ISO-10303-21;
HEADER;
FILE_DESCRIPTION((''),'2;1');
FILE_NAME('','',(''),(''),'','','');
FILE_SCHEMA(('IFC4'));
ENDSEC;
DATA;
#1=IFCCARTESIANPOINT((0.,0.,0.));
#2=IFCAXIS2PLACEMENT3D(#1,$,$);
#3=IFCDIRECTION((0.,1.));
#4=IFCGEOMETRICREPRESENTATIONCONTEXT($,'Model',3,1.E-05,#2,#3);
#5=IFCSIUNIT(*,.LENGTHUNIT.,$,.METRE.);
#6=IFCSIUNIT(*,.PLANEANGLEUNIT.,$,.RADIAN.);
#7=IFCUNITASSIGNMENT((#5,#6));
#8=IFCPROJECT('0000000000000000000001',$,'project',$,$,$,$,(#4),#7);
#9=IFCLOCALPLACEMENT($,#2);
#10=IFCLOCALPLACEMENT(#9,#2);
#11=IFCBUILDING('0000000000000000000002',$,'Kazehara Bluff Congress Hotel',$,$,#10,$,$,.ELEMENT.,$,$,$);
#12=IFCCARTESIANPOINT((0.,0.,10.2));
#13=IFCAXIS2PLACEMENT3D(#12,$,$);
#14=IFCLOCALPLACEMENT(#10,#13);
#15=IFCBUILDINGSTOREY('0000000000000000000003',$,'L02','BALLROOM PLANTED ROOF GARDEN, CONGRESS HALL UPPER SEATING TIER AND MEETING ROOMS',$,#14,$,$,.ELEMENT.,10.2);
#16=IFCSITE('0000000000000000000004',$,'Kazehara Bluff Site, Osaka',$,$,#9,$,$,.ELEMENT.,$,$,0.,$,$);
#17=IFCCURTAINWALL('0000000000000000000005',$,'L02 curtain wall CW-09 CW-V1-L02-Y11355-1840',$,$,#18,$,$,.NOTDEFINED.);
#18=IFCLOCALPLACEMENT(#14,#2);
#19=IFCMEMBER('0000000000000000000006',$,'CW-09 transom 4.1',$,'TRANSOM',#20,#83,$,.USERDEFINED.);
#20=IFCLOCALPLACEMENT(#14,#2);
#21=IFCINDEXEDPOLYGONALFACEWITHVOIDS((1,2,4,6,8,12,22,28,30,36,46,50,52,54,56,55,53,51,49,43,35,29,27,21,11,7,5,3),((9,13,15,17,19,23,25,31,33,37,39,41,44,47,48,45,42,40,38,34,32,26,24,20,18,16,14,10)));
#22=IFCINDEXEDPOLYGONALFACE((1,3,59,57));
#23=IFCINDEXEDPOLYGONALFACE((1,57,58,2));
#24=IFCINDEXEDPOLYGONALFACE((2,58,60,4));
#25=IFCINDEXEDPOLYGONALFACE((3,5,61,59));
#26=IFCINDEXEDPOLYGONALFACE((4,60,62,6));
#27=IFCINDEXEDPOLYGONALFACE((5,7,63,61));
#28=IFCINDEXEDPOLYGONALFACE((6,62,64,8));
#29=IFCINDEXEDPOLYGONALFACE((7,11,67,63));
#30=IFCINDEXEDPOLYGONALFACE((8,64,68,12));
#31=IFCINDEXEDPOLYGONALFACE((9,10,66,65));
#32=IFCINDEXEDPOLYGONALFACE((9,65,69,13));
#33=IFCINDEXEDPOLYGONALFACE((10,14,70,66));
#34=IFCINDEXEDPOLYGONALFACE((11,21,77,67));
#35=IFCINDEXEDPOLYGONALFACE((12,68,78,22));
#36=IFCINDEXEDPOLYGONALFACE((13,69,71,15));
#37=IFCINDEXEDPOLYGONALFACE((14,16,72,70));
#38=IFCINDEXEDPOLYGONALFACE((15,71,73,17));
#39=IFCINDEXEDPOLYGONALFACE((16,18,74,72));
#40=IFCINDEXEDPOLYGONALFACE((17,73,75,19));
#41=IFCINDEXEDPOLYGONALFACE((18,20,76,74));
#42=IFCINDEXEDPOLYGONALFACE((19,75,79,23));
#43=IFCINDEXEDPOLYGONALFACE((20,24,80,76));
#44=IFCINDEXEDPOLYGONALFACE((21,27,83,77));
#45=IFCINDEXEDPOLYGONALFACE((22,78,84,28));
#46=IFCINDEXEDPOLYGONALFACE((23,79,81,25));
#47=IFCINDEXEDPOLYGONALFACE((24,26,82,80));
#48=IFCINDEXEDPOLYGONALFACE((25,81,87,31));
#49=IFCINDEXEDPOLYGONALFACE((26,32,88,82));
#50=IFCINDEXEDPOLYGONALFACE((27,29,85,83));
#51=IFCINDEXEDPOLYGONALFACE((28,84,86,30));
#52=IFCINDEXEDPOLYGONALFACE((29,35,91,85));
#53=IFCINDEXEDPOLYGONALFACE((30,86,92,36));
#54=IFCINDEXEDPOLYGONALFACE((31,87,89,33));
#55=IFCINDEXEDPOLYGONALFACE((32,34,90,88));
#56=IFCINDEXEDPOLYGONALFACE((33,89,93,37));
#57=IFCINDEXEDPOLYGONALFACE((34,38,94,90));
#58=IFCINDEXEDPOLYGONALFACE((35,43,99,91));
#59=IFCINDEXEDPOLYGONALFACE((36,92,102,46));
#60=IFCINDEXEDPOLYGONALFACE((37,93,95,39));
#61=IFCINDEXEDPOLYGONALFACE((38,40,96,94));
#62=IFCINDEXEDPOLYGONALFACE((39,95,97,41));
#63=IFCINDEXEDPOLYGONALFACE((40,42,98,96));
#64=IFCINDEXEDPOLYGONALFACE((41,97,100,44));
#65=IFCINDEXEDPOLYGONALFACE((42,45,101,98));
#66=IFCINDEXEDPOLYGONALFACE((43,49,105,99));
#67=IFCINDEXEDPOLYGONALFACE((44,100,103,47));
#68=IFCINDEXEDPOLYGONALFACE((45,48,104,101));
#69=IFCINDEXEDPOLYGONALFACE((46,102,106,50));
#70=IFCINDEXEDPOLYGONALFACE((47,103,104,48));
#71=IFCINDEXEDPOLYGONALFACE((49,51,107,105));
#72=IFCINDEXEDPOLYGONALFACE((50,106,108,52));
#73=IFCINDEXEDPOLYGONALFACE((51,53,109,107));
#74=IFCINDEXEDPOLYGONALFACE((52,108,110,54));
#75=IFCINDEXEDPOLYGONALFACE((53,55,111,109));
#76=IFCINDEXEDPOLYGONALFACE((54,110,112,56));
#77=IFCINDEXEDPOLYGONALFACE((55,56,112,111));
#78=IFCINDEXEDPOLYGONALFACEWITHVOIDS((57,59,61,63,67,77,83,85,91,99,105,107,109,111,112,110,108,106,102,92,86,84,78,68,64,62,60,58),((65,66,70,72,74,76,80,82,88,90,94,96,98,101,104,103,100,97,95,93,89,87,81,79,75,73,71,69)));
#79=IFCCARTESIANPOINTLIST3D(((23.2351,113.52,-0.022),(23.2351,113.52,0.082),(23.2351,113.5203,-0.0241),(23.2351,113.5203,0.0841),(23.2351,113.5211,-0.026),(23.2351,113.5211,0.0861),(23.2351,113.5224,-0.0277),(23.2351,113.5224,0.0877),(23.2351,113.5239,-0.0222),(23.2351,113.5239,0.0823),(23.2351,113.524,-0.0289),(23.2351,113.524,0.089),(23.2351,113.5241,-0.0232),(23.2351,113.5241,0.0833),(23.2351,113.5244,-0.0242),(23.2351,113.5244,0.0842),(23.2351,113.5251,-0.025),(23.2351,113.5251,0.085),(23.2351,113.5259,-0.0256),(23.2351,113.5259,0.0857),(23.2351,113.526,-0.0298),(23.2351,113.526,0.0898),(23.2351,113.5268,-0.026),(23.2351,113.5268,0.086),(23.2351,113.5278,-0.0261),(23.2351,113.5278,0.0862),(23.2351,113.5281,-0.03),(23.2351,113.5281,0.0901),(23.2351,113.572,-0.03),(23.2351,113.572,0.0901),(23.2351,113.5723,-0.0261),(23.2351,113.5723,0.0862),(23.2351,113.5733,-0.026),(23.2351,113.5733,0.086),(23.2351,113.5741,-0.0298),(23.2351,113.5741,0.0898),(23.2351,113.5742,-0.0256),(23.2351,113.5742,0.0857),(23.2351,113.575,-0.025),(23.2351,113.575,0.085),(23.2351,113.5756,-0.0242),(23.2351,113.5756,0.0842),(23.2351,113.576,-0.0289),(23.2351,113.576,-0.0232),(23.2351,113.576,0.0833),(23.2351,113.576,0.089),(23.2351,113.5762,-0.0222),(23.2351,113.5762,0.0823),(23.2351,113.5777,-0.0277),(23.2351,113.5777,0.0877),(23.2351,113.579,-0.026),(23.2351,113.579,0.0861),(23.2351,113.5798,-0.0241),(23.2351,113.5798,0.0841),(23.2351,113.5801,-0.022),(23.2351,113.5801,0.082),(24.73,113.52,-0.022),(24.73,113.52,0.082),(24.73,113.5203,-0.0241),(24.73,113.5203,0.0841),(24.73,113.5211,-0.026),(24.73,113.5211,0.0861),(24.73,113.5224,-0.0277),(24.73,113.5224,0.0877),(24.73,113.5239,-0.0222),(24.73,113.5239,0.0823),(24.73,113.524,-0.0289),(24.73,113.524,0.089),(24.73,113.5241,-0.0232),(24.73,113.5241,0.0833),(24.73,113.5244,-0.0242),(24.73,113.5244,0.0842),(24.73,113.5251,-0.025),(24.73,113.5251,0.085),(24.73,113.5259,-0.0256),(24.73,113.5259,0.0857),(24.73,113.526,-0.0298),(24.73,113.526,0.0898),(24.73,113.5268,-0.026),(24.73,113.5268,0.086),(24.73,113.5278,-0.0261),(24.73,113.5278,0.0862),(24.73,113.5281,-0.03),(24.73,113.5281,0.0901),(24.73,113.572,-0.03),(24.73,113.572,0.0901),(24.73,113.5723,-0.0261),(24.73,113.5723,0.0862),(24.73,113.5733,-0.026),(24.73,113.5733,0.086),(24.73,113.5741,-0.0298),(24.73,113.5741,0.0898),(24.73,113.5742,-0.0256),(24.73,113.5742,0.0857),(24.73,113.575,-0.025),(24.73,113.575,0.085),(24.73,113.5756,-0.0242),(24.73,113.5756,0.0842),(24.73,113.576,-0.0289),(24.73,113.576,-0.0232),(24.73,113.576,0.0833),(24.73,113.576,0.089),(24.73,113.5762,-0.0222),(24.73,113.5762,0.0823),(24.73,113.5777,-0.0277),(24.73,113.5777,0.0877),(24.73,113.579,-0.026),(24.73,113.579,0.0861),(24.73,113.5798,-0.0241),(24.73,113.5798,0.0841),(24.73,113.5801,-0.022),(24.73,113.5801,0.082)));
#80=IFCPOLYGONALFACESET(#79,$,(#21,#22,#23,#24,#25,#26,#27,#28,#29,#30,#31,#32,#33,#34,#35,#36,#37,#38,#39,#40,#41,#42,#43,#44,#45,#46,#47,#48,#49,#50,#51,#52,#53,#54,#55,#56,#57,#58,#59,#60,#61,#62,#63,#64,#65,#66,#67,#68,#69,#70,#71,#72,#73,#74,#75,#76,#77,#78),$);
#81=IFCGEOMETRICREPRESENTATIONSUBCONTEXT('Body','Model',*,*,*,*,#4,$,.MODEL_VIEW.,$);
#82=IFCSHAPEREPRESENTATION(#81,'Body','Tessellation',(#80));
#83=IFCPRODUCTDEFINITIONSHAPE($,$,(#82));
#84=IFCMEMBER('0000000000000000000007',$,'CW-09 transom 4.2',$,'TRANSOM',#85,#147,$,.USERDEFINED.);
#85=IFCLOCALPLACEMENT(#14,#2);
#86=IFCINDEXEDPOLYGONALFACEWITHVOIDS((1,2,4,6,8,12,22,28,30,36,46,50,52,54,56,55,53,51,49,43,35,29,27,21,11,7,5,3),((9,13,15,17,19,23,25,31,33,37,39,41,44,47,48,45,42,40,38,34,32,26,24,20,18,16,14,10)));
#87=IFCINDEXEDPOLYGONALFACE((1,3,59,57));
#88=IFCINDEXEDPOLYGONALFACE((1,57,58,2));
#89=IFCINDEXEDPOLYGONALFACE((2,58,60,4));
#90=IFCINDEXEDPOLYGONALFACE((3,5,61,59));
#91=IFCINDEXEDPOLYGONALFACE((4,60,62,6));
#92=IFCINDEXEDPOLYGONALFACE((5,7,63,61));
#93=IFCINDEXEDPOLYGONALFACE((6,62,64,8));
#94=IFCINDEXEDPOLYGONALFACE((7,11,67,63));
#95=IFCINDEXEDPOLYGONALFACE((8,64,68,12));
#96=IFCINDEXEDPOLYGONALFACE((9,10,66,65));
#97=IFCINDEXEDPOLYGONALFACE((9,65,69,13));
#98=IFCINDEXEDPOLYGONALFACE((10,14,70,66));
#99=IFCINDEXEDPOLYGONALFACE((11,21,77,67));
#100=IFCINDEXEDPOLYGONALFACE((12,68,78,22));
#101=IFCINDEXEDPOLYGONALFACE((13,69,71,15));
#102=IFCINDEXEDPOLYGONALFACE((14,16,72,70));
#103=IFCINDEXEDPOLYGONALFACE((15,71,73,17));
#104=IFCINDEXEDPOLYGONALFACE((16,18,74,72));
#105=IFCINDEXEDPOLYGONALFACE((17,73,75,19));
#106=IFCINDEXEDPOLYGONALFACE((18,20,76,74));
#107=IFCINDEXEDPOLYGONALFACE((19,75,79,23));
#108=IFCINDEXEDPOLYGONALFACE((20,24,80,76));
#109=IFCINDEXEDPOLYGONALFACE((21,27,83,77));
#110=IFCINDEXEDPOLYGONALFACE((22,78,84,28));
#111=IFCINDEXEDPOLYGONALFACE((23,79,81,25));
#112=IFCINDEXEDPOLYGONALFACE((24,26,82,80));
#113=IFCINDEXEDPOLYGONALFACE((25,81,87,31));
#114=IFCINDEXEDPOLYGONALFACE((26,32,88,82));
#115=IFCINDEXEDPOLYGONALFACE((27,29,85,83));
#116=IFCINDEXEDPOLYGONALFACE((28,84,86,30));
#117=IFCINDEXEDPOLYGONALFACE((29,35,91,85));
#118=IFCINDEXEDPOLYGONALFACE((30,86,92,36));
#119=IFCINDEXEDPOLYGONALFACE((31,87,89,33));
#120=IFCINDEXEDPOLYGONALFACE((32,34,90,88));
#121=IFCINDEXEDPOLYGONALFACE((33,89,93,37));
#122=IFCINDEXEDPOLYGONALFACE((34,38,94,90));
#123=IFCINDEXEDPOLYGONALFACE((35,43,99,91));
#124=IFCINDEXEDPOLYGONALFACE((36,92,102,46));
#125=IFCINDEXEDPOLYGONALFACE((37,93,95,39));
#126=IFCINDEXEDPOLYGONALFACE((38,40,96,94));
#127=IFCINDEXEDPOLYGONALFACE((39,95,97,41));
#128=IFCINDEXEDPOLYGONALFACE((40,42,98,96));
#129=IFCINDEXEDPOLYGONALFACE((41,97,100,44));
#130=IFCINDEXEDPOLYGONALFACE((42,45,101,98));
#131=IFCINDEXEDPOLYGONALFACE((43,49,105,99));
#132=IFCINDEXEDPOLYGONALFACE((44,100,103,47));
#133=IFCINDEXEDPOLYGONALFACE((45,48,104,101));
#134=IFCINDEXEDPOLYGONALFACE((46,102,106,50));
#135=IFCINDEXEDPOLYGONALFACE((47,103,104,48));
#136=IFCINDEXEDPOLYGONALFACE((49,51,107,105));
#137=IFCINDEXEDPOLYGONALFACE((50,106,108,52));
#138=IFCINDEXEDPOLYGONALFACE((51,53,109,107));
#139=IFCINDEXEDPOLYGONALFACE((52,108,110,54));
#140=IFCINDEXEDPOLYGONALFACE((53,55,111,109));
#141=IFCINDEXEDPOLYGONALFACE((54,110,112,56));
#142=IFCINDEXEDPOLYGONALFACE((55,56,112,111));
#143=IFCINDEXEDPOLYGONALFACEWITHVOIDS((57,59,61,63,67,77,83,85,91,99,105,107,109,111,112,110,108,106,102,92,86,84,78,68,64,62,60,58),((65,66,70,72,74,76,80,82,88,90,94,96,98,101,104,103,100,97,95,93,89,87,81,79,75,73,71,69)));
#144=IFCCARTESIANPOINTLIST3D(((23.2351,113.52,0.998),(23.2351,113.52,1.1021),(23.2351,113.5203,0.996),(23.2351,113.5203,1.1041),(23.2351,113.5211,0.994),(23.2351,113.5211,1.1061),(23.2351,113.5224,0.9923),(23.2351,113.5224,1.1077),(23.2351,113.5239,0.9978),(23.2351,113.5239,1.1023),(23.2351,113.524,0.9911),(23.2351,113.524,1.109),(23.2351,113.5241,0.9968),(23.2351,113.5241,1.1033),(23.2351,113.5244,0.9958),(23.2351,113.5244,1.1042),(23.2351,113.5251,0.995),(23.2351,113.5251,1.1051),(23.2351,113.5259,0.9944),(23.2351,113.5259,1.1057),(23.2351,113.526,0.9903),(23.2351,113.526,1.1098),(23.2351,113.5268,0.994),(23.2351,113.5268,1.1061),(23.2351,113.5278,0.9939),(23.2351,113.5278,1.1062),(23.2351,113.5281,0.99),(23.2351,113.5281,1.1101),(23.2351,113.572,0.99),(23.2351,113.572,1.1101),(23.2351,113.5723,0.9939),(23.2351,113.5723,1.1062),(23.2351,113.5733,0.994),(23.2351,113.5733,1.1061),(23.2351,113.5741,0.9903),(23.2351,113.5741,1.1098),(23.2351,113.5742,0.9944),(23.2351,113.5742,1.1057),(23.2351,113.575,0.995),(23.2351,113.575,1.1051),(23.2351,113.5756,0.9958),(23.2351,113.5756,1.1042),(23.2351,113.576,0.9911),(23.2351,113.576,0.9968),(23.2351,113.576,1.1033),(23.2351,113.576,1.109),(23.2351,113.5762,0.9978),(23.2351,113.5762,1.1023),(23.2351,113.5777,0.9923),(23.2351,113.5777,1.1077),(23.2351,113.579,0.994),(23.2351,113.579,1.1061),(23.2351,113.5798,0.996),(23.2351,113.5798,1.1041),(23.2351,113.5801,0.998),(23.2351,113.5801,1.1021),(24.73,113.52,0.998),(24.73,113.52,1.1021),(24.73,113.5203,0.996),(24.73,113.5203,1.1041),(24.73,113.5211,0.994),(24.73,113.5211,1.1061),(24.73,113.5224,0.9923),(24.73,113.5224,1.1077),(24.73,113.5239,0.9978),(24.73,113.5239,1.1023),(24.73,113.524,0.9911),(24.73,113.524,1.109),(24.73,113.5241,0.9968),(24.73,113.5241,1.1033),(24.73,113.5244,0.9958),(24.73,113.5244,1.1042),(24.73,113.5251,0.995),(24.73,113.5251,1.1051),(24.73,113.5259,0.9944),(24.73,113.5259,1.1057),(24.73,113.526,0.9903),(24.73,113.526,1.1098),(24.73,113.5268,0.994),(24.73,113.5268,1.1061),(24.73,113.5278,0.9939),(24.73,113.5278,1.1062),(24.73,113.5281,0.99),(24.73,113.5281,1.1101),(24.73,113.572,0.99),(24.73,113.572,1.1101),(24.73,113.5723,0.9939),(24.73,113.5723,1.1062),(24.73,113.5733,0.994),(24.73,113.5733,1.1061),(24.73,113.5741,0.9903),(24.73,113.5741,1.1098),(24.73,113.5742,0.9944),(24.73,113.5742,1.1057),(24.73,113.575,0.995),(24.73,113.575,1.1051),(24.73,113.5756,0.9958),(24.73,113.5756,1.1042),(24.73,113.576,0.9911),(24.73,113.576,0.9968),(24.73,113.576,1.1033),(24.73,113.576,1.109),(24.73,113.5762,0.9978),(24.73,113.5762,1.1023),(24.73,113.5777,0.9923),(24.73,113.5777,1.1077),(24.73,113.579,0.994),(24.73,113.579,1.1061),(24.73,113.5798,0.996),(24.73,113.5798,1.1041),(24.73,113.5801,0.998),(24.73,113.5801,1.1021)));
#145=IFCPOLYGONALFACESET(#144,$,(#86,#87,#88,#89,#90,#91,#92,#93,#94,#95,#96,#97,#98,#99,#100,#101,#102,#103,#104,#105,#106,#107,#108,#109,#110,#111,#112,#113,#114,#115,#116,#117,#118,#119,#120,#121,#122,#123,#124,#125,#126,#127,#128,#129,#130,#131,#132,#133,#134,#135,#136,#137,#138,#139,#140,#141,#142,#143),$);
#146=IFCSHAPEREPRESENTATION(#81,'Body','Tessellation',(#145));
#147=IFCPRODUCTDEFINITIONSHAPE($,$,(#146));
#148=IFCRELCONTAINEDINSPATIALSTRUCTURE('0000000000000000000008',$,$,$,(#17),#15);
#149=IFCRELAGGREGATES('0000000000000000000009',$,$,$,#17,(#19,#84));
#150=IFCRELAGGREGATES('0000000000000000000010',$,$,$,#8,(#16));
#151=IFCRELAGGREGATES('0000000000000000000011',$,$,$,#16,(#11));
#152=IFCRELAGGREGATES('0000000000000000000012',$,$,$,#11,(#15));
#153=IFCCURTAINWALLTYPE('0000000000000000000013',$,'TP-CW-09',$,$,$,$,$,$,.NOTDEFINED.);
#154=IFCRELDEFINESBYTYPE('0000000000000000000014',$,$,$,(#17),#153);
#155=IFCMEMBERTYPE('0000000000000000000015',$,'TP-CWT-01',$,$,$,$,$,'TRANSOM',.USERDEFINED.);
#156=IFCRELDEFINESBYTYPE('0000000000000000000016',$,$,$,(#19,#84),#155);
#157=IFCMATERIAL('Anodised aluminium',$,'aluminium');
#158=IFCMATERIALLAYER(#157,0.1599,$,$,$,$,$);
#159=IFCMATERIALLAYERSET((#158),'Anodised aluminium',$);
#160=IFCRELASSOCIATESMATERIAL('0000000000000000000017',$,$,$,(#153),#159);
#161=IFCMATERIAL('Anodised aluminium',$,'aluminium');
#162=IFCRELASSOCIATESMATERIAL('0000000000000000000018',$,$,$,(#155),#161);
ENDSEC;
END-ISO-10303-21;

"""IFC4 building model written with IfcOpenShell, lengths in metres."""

from ifc_helpers import new_model, si_unit, direction, frame, origin, origin_2d, place, context, subcontext, project, spatial, hollow_rectangle, extrude, material, layer, layer_set, material_profile, profile_set, type_object, element, aggregate, save


model = new_model("IFC4")

# Units and contexts
model_context = context("Model", 3, precision=1e-05, world=origin(), true_north=direction((0.0, 1.0)))
body_context = subcontext(model_context, "Body", "Model", "MODEL_VIEW")
ifc_project = project(units=[si_unit("LENGTHUNIT", "METRE"), si_unit("PLANEANGLEUNIT", "RADIAN")], contexts=[model_context])

# Site, building, storey
site_placement = place(None, origin())
site = spatial("IfcSite", under=ifc_project, at=site_placement, Name="Kazehara Bluff Site, Osaka", CompositionType="ELEMENT", RefElevation=0.0)
building_placement = place(site_placement, origin())
building = spatial("IfcBuilding", under=site, at=building_placement, Name="Kazehara Bluff Congress Hotel", CompositionType="ELEMENT")
storey_placement = place(building_placement, frame((0.0, 0.0, 10.2)))
storey = spatial("IfcBuildingStorey", under=building, at=storey_placement, Name="L02", Description="BALLROOM PLANTED ROOF GARDEN, CONGRESS HALL UPPER SEATING TIER AND MEETING ROOMS", CompositionType="ELEMENT", Elevation=10.2)

# Curtain wall, members
ifc_material_1 = material(Name="Anodised aluminium", Category="aluminium")
ifc_layer_1 = layer(ifc_material_1, 0.1599)
ifc_layer_set_1 = layer_set([ifc_layer_1], Name="Anodised aluminium")
curtain_wall_type_1 = type_object("IfcCurtainWallType", Name="TP-CW-09", PredefinedType="NOTDEFINED", material=ifc_layer_set_1)
curtain_wall_1_placement = place(storey_placement, origin())
curtain_wall_1 = element("IfcCurtainWall", 1, at=curtain_wall_1_placement, inside=storey, type_object=curtain_wall_type_1, Name="L02 curtain wall CW-09 CW-V1-L02-Y11355-1840", PredefinedType="NOTDEFINED")
ifc_material_2 = material(Name="Anodised aluminium", Category="aluminium")
ifc_material_profile_1 = material_profile(ifc_material_2, hollow_rectangle(XDim=0.0601, YDim=0.1201, WallThickness=0.0039, InnerFilletRadius=0.0039, OuterFilletRadius=0.0081, at=origin_2d()))
ifc_profile_set_1 = profile_set([ifc_material_profile_1], Name="Anodised aluminium")
member_type_1 = type_object("IfcMemberType", Name="TP-CWT-01", ElementType="TRANSOM", PredefinedType="USERDEFINED", material=ifc_profile_set_1)
member_1_placement = place(storey_placement, frame((23.2351, 113.55, 0.03), z_axis=(1.0, 0.0, 0.0), x_axis=(0.0, 1.0, 0.0)))
member_1 = element("IfcMember", 2, at=member_1_placement, type_object=member_type_1, Name="CW-09 transom 4.1", ObjectType="TRANSOM", PredefinedType="USERDEFINED", context=body_context, shape_type="SweptSolid", body=[
    extrude(hollow_rectangle(XDim=0.0601, YDim=0.1201, WallThickness=0.0039, InnerFilletRadius=0.0039, OuterFilletRadius=0.0081, at=origin_2d()), origin(), (0.0, 0.0, 1.0), 1.4949),
])
member_2_placement = place(storey_placement, frame((23.2351, 113.55, 1.05), z_axis=(1.0, 0.0, 0.0), x_axis=(0.0, 1.0, 0.0)))
member_2 = element("IfcMember", 3, at=member_2_placement, type_object=member_type_1, Name="CW-09 transom 4.2", ObjectType="TRANSOM", PredefinedType="USERDEFINED", context=body_context, shape_type="SweptSolid", body=[
    extrude(hollow_rectangle(XDim=0.0601, YDim=0.1201, WallThickness=0.0039, InnerFilletRadius=0.0039, OuterFilletRadius=0.0081, at=origin_2d()), origin(), (0.0, 0.0, 1.0), 1.4949),
])

aggregate(curtain_wall_1, [member_1, member_2])

save(model, "model.ifc")
